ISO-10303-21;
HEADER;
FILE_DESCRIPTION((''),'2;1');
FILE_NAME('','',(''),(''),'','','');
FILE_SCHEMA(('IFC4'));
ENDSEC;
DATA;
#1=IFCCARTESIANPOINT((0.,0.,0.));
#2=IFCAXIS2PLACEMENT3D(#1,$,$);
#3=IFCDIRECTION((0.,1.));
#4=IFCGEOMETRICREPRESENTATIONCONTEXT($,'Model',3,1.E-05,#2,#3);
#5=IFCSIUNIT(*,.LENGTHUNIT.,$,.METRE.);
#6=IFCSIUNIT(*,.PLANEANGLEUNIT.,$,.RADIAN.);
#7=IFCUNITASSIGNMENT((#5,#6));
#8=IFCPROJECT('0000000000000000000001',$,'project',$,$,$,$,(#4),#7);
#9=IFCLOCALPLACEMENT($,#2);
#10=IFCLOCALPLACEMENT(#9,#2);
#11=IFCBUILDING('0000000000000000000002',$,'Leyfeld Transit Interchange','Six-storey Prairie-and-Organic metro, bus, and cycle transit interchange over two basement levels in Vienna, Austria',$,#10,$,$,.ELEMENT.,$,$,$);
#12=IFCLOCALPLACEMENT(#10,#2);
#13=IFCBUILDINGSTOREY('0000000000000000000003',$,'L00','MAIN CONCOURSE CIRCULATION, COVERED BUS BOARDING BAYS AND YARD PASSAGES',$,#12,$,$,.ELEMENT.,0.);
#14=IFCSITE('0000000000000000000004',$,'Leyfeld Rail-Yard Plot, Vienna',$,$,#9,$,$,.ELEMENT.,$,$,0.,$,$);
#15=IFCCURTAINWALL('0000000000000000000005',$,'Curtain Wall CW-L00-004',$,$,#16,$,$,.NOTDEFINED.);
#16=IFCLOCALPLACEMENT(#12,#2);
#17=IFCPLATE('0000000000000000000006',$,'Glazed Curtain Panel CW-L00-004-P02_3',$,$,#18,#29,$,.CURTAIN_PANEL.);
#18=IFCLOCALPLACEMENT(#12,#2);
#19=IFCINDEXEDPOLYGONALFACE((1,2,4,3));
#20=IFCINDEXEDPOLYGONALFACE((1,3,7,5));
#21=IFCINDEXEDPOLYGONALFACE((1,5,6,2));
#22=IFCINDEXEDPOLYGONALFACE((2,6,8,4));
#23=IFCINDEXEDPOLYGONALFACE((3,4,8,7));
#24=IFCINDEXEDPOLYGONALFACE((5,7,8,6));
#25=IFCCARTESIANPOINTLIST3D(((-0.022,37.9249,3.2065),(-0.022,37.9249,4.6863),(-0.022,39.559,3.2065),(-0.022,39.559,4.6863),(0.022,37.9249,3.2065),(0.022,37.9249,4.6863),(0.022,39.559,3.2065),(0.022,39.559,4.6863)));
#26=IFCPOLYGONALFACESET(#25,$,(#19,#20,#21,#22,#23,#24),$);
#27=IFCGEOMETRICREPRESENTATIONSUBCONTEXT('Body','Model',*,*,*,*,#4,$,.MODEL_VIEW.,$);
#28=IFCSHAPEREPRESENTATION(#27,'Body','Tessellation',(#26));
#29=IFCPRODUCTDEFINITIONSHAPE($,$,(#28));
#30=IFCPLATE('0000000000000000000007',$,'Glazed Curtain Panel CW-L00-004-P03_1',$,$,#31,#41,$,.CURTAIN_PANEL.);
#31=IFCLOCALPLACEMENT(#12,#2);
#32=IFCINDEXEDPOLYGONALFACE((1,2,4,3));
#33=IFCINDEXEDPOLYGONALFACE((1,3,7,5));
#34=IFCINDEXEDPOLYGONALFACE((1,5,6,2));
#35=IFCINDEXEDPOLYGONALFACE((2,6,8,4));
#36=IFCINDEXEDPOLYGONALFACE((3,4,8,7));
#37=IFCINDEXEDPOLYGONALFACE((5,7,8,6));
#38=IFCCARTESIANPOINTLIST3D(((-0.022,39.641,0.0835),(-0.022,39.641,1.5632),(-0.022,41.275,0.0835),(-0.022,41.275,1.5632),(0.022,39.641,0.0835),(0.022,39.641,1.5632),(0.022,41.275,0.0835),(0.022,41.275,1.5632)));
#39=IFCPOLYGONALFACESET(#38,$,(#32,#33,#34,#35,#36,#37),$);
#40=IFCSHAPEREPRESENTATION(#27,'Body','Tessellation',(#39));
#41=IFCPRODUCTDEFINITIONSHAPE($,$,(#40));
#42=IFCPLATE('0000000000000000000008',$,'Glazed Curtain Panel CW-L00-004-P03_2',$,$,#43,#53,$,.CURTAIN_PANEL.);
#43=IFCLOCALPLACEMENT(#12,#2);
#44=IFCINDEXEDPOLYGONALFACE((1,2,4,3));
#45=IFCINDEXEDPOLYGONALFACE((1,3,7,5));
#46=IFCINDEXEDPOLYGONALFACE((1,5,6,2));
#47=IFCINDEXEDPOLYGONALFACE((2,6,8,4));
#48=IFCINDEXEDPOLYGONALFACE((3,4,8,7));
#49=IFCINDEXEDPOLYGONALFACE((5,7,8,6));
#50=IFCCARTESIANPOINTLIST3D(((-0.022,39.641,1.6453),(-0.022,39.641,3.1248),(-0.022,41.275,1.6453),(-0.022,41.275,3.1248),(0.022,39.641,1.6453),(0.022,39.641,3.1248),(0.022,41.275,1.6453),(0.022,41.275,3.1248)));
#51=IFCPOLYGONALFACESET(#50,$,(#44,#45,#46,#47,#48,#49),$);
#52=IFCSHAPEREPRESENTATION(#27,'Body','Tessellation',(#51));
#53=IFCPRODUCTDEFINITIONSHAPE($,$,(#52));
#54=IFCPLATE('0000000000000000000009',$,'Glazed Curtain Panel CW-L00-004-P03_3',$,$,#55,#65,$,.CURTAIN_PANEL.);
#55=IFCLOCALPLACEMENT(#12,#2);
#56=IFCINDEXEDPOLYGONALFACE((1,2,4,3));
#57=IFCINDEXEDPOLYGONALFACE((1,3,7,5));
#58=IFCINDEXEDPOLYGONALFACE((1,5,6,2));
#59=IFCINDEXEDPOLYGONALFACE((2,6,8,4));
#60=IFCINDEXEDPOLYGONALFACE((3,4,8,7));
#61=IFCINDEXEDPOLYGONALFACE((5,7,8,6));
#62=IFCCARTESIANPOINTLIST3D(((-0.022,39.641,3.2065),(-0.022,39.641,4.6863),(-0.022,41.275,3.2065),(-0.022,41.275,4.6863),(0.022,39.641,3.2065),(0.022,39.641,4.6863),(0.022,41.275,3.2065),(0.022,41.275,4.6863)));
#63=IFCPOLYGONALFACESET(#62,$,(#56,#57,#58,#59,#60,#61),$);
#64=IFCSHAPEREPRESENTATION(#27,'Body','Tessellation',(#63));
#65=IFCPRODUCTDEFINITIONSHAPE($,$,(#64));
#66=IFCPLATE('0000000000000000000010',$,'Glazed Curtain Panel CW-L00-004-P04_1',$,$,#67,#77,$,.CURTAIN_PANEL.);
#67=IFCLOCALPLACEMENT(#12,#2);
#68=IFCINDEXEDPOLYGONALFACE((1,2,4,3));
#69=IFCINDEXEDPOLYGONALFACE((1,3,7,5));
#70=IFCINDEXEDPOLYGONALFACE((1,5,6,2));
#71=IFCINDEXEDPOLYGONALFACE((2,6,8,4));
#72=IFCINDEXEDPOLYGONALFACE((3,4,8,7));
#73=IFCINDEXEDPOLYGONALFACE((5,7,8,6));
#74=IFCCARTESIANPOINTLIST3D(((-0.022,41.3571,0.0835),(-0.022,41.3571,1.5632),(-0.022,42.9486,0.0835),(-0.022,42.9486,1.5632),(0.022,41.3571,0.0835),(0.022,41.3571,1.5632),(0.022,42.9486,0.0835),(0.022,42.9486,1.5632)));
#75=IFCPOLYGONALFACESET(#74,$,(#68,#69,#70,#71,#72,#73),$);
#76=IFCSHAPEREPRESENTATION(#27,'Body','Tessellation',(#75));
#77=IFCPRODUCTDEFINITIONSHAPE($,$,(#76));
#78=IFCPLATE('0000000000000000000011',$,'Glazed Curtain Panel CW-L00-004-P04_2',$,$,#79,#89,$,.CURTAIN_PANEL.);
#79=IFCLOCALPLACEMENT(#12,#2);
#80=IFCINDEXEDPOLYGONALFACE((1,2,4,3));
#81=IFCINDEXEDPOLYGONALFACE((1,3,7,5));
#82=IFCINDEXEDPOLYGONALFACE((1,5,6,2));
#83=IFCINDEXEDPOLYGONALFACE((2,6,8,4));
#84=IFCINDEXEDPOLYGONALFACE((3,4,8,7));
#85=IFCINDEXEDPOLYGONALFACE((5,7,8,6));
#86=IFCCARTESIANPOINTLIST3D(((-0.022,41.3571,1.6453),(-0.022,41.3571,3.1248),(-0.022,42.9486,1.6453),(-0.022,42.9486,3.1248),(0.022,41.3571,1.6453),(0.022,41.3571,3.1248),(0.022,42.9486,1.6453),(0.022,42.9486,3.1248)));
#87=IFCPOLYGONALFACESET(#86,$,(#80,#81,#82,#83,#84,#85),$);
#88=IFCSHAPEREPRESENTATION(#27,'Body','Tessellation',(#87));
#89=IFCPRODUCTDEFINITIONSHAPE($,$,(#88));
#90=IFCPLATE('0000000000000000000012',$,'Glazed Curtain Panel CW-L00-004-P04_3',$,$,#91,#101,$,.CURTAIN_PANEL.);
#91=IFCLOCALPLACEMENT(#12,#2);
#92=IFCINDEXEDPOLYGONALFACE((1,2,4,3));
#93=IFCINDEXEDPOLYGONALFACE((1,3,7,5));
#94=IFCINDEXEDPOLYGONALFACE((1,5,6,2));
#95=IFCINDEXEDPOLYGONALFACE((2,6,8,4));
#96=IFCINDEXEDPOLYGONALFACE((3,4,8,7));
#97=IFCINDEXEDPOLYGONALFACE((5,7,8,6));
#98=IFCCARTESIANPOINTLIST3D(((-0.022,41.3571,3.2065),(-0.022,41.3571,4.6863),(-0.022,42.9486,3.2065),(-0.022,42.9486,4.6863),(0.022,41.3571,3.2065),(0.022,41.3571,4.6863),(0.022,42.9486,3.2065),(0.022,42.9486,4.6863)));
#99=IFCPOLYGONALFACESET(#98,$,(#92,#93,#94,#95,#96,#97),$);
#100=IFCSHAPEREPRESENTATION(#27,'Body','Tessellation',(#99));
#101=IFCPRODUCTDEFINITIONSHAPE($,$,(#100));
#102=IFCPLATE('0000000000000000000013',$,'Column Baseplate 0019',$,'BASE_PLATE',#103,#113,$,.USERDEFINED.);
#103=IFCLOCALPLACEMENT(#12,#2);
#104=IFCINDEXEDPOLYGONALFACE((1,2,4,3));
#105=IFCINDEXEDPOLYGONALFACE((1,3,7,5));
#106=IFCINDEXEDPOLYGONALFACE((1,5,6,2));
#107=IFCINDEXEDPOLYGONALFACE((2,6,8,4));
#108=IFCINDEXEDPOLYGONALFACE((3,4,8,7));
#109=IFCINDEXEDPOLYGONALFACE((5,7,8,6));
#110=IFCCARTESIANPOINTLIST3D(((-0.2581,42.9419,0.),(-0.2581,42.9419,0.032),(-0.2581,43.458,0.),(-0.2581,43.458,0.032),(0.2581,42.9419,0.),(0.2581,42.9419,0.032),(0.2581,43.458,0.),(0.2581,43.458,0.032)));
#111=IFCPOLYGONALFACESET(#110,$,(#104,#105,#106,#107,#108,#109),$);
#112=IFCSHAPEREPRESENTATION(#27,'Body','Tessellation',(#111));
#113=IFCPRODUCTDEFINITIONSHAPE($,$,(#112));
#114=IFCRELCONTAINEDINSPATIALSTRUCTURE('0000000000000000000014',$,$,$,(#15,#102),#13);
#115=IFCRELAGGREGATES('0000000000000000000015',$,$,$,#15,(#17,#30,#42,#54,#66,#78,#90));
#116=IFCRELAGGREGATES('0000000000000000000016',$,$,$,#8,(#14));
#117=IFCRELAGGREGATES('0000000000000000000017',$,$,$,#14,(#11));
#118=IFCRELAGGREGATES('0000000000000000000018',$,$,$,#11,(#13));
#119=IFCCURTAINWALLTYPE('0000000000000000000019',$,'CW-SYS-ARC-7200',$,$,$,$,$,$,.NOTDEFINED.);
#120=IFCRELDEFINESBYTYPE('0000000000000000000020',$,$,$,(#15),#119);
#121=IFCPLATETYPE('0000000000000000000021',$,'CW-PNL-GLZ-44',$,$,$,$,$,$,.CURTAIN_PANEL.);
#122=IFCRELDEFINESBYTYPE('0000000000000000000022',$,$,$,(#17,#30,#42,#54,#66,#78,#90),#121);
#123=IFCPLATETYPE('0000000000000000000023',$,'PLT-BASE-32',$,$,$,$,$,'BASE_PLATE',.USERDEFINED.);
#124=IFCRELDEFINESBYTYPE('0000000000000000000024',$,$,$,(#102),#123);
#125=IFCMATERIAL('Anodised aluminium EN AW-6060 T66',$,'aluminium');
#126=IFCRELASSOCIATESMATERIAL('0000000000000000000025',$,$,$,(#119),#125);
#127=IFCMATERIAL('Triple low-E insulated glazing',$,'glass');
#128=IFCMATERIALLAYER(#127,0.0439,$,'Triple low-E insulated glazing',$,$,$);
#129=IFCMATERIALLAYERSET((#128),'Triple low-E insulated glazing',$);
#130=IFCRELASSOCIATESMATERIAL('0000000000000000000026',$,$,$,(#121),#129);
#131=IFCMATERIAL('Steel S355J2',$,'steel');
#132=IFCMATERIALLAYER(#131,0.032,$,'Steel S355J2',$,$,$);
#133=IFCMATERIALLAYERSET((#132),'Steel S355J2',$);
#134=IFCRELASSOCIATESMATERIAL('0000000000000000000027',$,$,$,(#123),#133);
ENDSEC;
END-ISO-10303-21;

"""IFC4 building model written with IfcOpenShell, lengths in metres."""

from ifc_helpers import new_model, si_unit, direction, frame, origin, origin_2d, place, context, subcontext, project, spatial, rectangle, extrude, material, layer, layer_set, type_object, element, aggregate, save


model = new_model("IFC4")

# Units and contexts
model_context = context("Model", 3, precision=1e-05, world=origin(), true_north=direction((0.0, 1.0)))
body_context = subcontext(model_context, "Body", "Model", "MODEL_VIEW")
ifc_project = project(units=[si_unit("LENGTHUNIT", "METRE"), si_unit("PLANEANGLEUNIT", "RADIAN")], contexts=[model_context])

# Site, building, storey
site_placement = place(None, origin())
site = spatial("IfcSite", under=ifc_project, at=site_placement, Name="Leyfeld Rail-Yard Plot, Vienna", CompositionType="ELEMENT", RefElevation=0.0)
building_placement = place(site_placement, origin())
building = spatial("IfcBuilding", under=site, at=building_placement, Name="Leyfeld Transit Interchange", Description="Six-storey Prairie-and-Organic metro, bus, and cycle transit interchange over two basement levels in Vienna, Austria", CompositionType="ELEMENT")
storey_placement = place(building_placement, origin())
storey = spatial("IfcBuildingStorey", under=building, at=storey_placement, Name="L00", Description="MAIN CONCOURSE CIRCULATION, COVERED BUS BOARDING BAYS AND YARD PASSAGES", CompositionType="ELEMENT", Elevation=0.0)

# Shared definitions
ifc_material_1 = material(Name="Steel S355J2", Category="steel")

# Curtain wall
ifc_material_2 = material(Name="Anodised aluminium EN AW-6060 T66", Category="aluminium")
curtain_wall_type = type_object("IfcCurtainWallType", Name="CW-SYS-ARC-7200", PredefinedType="NOTDEFINED", material=ifc_material_2)
curtain_wall_1_placement = place(storey_placement, origin())
curtain_wall_1 = element("IfcCurtainWall", 1, at=curtain_wall_1_placement, inside=storey, type_object=curtain_wall_type, Name="Curtain Wall CW-L00-004", PredefinedType="NOTDEFINED")

# Plates
ifc_material_3 = material(Name="Triple low-E insulated glazing", Category="glass")
ifc_layer_1 = layer(ifc_material_3, 0.0439, Name="Triple low-E insulated glazing")
ifc_layer_set_1 = layer_set([ifc_layer_1], Name="Triple low-E insulated glazing")
plate_type_1 = type_object("IfcPlateType", Name="CW-PNL-GLZ-44", PredefinedType="CURTAIN_PANEL", material=ifc_layer_set_1)
plate_1_placement = place(storey_placement, frame((0.0, 38.7419, 3.2065), z_axis=(0.0, 0.0, 1.0), x_axis=(0.0, 1.0, 0.0)))
plate_1 = element("IfcPlate", 2, at=plate_1_placement, type_object=plate_type_1, Name="Glazed Curtain Panel CW-L00-004-P02_3", PredefinedType="CURTAIN_PANEL", context=body_context, shape_type="SweptSolid", body=[
    extrude(rectangle(XDim=1.634, YDim=0.0439, at=origin_2d()), origin(), (0.0, 0.0, 1.0), 1.4797),
])
plate_2_placement = place(storey_placement, frame((0.0, 40.458, 0.0835), z_axis=(0.0, 0.0, 1.0), x_axis=(0.0, 1.0, 0.0)))
plate_2 = element("IfcPlate", 3, at=plate_2_placement, type_object=plate_type_1, Name="Glazed Curtain Panel CW-L00-004-P03_1", PredefinedType="CURTAIN_PANEL", context=body_context, shape_type="SweptSolid", body=[
    extrude(rectangle(XDim=1.634, YDim=0.0439, at=origin_2d()), origin(), (0.0, 0.0, 1.0), 1.4797),
])
plate_3_placement = place(storey_placement, frame((0.0, 40.458, 1.6453), z_axis=(0.0, 0.0, 1.0), x_axis=(0.0, 1.0, 0.0)))
plate_3 = element("IfcPlate", 4, at=plate_3_placement, type_object=plate_type_1, Name="Glazed Curtain Panel CW-L00-004-P03_2", PredefinedType="CURTAIN_PANEL", context=body_context, shape_type="SweptSolid", body=[
    extrude(rectangle(XDim=1.634, YDim=0.0439, at=origin_2d()), origin(), (0.0, 0.0, 1.0), 1.4795),
])
plate_4_placement = place(storey_placement, frame((0.0, 40.458, 3.2065), z_axis=(0.0, 0.0, 1.0), x_axis=(0.0, 1.0, 0.0)))
plate_4 = element("IfcPlate", 5, at=plate_4_placement, type_object=plate_type_1, Name="Glazed Curtain Panel CW-L00-004-P03_3", PredefinedType="CURTAIN_PANEL", context=body_context, shape_type="SweptSolid", body=[
    extrude(rectangle(XDim=1.634, YDim=0.0439, at=origin_2d()), origin(), (0.0, 0.0, 1.0), 1.4797),
])
plate_5_placement = place(storey_placement, frame((0.0, 42.1528, 0.0835), z_axis=(0.0, 0.0, 1.0), x_axis=(0.0, 1.0, 0.0)))
plate_5 = element("IfcPlate", 6, at=plate_5_placement, type_object=plate_type_1, Name="Glazed Curtain Panel CW-L00-004-P04_1", PredefinedType="CURTAIN_PANEL", context=body_context, shape_type="SweptSolid", body=[
    extrude(rectangle(XDim=1.5916, YDim=0.0439, at=origin_2d()), origin(), (0.0, 0.0, 1.0), 1.4797),
])
plate_6_placement = place(storey_placement, frame((0.0, 42.1528, 1.6453), z_axis=(0.0, 0.0, 1.0), x_axis=(0.0, 1.0, 0.0)))
plate_6 = element("IfcPlate", 7, at=plate_6_placement, type_object=plate_type_1, Name="Glazed Curtain Panel CW-L00-004-P04_2", PredefinedType="CURTAIN_PANEL", context=body_context, shape_type="SweptSolid", body=[
    extrude(rectangle(XDim=1.5916, YDim=0.0439, at=origin_2d()), origin(), (0.0, 0.0, 1.0), 1.4795),
])
plate_7_placement = place(storey_placement, frame((0.0, 42.1528, 3.2065), z_axis=(0.0, 0.0, 1.0), x_axis=(0.0, 1.0, 0.0)))
plate_7 = element("IfcPlate", 8, at=plate_7_placement, type_object=plate_type_1, Name="Glazed Curtain Panel CW-L00-004-P04_3", PredefinedType="CURTAIN_PANEL", context=body_context, shape_type="SweptSolid", body=[
    extrude(rectangle(XDim=1.5916, YDim=0.0439, at=origin_2d()), origin(), (0.0, 0.0, 1.0), 1.4797),
])
aggregate(curtain_wall_1, [plate_1, plate_2, plate_3, plate_4, plate_5, plate_6, plate_7])
ifc_layer_2 = layer(ifc_material_1, 0.032, Name="Steel S355J2")
ifc_layer_set_2 = layer_set([ifc_layer_2], Name="Steel S355J2")
plate_type_2 = type_object("IfcPlateType", Name="PLT-BASE-32", ElementType="BASE_PLATE", PredefinedType="USERDEFINED", material=ifc_layer_set_2)
plate_8_placement = place(storey_placement, frame((0.0, 43.2, 0.0), z_axis=(0.0, 0.0, 1.0), x_axis=(1.0, 0.0, 0.0)))
element("IfcPlate", 9, at=plate_8_placement, inside=storey, type_object=plate_type_2, Name="Column Baseplate 0019", ObjectType="BASE_PLATE", PredefinedType="USERDEFINED", context=body_context, shape_type="SweptSolid", body=[
    extrude(rectangle(XDim=0.5161, YDim=0.5161, at=origin_2d()), origin(), (0.0, 0.0, 1.0), 0.032),
])

save(model, "model.ifc")
